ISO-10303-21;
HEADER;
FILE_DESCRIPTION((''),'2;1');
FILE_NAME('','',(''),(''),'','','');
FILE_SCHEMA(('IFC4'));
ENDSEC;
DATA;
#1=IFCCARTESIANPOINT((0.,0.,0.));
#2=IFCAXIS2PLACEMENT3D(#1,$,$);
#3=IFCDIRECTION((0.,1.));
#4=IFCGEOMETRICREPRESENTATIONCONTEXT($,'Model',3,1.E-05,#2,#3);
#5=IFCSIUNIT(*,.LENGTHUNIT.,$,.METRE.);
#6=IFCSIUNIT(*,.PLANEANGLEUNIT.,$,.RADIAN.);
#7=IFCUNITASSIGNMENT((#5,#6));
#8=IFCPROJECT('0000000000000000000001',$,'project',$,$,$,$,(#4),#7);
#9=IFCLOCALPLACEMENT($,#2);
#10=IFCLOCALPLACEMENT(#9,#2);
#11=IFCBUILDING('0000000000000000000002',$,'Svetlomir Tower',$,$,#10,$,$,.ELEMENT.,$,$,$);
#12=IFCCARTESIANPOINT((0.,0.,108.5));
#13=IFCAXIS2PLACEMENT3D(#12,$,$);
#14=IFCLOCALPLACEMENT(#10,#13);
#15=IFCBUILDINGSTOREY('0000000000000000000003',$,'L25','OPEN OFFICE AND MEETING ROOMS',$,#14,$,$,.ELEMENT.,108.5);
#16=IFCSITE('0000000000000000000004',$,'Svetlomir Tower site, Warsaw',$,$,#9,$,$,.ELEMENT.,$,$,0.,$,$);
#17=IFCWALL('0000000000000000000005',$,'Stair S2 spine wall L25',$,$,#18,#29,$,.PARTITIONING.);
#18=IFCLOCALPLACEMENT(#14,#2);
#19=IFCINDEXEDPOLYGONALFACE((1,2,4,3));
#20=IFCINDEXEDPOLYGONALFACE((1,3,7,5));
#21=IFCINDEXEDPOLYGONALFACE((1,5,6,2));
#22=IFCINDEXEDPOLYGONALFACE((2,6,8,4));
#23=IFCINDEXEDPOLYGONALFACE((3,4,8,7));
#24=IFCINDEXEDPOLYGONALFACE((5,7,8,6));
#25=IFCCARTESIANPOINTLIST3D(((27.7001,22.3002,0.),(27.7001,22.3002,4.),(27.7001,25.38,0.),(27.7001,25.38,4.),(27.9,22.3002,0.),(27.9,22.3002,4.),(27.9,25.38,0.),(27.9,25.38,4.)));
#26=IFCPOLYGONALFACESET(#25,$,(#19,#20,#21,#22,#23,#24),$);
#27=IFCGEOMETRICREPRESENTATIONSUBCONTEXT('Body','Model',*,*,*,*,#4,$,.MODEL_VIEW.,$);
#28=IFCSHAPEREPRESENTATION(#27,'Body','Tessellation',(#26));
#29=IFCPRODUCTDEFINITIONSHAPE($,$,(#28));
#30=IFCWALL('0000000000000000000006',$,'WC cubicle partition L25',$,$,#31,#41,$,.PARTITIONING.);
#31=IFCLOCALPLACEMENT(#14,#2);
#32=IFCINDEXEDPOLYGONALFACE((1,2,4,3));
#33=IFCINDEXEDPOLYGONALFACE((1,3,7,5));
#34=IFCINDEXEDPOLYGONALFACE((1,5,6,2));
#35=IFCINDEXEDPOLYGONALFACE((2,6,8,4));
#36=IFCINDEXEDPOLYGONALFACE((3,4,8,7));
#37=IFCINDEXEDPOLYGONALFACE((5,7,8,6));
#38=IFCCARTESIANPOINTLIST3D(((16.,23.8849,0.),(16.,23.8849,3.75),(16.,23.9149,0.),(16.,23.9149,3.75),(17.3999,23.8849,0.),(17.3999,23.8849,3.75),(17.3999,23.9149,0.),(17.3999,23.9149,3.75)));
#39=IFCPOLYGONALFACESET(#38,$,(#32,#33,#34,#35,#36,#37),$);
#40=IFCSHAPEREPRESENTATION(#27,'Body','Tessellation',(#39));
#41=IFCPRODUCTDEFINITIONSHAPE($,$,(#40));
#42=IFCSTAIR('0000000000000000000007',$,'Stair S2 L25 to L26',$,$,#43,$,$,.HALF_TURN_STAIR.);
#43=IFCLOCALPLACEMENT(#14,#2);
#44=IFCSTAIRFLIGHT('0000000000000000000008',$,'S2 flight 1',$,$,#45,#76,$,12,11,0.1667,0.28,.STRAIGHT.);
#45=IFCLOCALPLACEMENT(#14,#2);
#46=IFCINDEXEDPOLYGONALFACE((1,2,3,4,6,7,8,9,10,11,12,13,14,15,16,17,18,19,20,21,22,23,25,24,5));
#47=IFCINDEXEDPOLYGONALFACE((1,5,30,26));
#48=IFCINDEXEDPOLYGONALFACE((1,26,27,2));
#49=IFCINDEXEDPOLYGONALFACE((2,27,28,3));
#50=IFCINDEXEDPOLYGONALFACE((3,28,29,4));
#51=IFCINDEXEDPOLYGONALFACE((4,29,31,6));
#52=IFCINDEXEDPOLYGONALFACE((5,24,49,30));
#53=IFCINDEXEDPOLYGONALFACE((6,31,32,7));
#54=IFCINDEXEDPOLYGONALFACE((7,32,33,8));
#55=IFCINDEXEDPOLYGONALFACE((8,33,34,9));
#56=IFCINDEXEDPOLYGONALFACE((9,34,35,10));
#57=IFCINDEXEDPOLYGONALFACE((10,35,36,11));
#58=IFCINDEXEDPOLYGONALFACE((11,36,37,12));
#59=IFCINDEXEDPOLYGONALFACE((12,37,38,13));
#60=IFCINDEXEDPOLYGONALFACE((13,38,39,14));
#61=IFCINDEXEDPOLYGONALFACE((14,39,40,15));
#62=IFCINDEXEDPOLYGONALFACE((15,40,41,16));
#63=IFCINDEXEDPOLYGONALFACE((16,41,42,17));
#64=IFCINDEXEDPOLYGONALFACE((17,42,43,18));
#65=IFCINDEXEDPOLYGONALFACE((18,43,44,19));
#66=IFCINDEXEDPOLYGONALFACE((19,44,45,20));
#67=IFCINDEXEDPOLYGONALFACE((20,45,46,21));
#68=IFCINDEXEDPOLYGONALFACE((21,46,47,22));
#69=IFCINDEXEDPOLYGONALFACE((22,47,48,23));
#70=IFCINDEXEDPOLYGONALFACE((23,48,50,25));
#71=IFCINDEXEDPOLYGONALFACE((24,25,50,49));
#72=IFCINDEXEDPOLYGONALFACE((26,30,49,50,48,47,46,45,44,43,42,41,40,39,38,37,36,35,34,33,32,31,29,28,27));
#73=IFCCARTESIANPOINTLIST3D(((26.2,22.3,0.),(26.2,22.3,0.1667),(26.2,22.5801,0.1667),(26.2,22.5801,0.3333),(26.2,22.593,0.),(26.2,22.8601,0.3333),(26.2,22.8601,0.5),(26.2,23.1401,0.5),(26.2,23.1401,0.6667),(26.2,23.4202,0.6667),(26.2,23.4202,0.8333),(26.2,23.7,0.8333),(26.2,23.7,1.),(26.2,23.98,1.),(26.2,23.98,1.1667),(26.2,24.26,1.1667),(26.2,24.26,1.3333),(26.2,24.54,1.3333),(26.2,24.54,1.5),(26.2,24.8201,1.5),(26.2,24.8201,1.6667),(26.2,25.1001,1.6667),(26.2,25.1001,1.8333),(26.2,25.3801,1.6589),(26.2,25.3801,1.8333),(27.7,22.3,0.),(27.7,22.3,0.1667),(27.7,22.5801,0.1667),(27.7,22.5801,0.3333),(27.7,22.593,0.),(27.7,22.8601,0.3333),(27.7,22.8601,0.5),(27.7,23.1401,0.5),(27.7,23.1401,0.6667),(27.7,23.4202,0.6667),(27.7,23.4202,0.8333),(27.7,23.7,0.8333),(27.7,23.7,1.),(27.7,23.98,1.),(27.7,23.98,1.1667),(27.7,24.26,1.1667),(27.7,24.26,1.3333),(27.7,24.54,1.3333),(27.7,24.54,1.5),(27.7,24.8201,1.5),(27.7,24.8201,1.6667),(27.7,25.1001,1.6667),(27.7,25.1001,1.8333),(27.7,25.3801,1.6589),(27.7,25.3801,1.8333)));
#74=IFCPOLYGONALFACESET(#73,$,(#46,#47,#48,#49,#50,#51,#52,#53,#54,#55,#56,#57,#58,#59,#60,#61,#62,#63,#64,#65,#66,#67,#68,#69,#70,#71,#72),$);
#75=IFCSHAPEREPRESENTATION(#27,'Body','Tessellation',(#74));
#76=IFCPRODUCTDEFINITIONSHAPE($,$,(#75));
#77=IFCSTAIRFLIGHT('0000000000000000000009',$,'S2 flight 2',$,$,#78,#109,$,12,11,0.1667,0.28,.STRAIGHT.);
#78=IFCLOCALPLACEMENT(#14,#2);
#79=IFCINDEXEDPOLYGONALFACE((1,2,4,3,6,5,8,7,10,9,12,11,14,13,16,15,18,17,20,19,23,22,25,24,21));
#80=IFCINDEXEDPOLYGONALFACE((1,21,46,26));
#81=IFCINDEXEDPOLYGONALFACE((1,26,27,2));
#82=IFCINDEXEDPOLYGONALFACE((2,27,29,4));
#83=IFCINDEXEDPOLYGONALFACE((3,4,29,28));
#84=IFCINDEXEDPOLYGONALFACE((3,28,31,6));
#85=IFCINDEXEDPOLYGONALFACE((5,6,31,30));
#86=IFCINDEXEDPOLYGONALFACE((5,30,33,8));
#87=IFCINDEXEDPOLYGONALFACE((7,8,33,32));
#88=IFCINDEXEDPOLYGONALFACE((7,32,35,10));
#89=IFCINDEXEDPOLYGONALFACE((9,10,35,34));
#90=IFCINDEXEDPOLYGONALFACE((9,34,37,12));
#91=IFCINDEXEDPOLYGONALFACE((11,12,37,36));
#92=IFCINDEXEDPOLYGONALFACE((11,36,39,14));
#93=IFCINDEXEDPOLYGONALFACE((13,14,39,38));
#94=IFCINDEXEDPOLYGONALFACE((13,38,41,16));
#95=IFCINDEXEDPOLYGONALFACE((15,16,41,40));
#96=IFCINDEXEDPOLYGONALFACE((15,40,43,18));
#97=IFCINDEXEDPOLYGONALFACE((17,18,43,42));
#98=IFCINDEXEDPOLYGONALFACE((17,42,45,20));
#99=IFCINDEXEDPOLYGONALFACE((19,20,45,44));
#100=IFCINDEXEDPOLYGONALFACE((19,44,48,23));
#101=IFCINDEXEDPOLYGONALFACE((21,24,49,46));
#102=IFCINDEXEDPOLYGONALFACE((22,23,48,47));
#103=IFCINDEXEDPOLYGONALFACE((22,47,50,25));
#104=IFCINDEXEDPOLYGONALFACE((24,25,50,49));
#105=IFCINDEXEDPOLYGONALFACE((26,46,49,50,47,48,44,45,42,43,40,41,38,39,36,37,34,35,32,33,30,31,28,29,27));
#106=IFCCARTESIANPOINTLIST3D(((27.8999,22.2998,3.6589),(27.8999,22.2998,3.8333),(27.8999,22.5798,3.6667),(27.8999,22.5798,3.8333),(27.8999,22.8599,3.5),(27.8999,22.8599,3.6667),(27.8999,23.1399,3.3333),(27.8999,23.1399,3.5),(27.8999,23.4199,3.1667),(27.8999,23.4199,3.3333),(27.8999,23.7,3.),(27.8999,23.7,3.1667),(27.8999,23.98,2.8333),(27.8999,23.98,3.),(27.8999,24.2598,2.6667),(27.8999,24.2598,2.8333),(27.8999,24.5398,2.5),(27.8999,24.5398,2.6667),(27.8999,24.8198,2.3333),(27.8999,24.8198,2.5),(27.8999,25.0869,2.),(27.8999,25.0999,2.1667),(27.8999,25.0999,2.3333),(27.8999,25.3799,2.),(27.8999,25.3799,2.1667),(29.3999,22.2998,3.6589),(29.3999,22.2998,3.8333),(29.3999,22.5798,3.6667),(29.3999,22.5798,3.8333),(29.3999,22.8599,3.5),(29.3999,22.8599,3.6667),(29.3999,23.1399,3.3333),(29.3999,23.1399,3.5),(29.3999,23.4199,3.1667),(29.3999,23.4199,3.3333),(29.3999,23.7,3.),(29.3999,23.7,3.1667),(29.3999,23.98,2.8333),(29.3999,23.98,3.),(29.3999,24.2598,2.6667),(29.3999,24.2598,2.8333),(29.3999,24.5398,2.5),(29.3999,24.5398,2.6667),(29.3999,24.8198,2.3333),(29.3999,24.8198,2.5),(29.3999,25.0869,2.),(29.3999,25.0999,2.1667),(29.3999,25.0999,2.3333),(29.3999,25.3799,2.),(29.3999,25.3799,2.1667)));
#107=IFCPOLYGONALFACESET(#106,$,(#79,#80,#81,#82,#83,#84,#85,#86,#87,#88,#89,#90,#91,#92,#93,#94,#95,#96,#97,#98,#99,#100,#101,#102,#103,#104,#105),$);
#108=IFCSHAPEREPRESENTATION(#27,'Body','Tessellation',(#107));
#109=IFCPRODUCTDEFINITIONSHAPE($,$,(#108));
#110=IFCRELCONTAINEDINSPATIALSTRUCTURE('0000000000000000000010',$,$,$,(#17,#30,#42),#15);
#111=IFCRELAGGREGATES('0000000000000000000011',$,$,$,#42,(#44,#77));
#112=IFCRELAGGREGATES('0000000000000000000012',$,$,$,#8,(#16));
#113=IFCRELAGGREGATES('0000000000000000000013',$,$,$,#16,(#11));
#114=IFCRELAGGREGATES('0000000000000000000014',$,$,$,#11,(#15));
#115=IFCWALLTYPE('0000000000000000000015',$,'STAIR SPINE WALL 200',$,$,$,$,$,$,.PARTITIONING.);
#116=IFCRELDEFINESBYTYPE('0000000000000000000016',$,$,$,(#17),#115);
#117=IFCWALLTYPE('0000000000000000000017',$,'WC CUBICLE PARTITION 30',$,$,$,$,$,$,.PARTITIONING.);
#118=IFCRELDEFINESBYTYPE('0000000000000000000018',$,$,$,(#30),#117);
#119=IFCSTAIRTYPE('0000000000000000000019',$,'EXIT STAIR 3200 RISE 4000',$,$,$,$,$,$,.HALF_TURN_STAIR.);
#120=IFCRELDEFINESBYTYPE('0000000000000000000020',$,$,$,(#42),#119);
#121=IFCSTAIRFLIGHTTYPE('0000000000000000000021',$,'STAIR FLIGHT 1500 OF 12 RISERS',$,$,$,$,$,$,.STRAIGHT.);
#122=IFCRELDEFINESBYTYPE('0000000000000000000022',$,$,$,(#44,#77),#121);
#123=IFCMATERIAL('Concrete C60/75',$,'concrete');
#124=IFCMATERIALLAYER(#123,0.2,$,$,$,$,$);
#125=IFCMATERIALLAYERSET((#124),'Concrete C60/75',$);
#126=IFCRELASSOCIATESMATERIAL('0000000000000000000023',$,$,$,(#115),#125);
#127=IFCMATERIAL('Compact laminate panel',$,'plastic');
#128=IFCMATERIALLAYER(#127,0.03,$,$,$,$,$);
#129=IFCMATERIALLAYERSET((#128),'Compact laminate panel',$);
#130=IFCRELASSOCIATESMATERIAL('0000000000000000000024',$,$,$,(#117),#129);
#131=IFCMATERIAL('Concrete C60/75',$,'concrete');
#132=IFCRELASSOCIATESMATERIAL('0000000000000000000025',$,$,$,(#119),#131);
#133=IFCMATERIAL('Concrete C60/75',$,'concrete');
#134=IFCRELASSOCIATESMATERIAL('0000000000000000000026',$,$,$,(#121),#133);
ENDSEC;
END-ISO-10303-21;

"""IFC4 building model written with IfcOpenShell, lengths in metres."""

from ifc_helpers import new_model, si_unit, direction, frame, frame_2d, origin, place, context, subcontext, project, spatial, polyline, rectangle, outline, extrude, material, layer, layer_set, type_object, element, aggregate, save


model = new_model("IFC4")

# Units and contexts
model_context = context("Model", 3, precision=1e-05, world=origin(), true_north=direction((0.0, 1.0)))
body_context = subcontext(model_context, "Body", "Model", "MODEL_VIEW")
ifc_project = project(units=[si_unit("LENGTHUNIT", "METRE"), si_unit("PLANEANGLEUNIT", "RADIAN")], contexts=[model_context])

# Site, building, storey
site_placement = place(None, origin())
site = spatial("IfcSite", under=ifc_project, at=site_placement, Name="Svetlomir Tower site, Warsaw", CompositionType="ELEMENT", RefElevation=0.0)
building_placement = place(site_placement, origin())
building = spatial("IfcBuilding", under=site, at=building_placement, Name="Svetlomir Tower", CompositionType="ELEMENT")
storey_placement = place(building_placement, frame((0.0, 0.0, 108.5)))
storey = spatial("IfcBuildingStorey", under=building, at=storey_placement, Name="L25", Description="OPEN OFFICE AND MEETING ROOMS", CompositionType="ELEMENT", Elevation=108.5)

# Walls
ifc_material_1 = material(Name="Concrete C60/75", Category="concrete")
ifc_layer_1 = layer(ifc_material_1, 0.2)
ifc_layer_set_1 = layer_set([ifc_layer_1], Name="Concrete C60/75")
wall_type_1 = type_object("IfcWallType", Name="STAIR SPINE WALL 200", PredefinedType="PARTITIONING", material=ifc_layer_set_1)
wall_1_placement = place(storey_placement, frame((27.8, 22.3, 0.0), z_axis=(0.0, 0.0, 1.0), x_axis=(0.0, 1.0, 0.0)))
element("IfcWall", 1, at=wall_1_placement, inside=storey, type_object=wall_type_1, Name="Stair S2 spine wall L25", PredefinedType="PARTITIONING", context=body_context, shape_type="SweptSolid", body=[
    extrude(rectangle(XDim=3.0798, YDim=0.2, at=frame_2d((1.54, 0.0))), origin(), (0.0, 0.0, 1.0), 4.0),
])
ifc_material_2 = material(Name="Compact laminate panel", Category="plastic")
ifc_layer_2 = layer(ifc_material_2, 0.03)
ifc_layer_set_2 = layer_set([ifc_layer_2], Name="Compact laminate panel")
wall_type_2 = type_object("IfcWallType", Name="WC CUBICLE PARTITION 30", PredefinedType="PARTITIONING", material=ifc_layer_set_2)
wall_2_placement = place(storey_placement, frame((16.0, 23.8999, 0.0), z_axis=(0.0, 0.0, 1.0), x_axis=(1.0, 0.0, 0.0)))
element("IfcWall", 2, at=wall_2_placement, inside=storey, type_object=wall_type_2, Name="WC cubicle partition L25", PredefinedType="PARTITIONING", context=body_context, shape_type="SweptSolid", body=[
    extrude(rectangle(XDim=1.3999, YDim=0.03, at=frame_2d((0.7, 0.0))), origin(), (0.0, 0.0, 1.0), 3.75),
])

# Stair, stair flights
ifc_material_3 = material(Name="Concrete C60/75", Category="concrete")
stair_type = type_object("IfcStairType", Name="EXIT STAIR 3200 RISE 4000", PredefinedType="HALF_TURN_STAIR", material=ifc_material_3)
stair_placement = place(storey_placement, origin())
stair = element("IfcStair", 3, at=stair_placement, inside=storey, type_object=stair_type, Name="Stair S2 L25 to L26", PredefinedType="HALF_TURN_STAIR")
ifc_material_4 = material(Name="Concrete C60/75", Category="concrete")
stair_flight_type = type_object("IfcStairFlightType", Name="STAIR FLIGHT 1500 OF 12 RISERS", PredefinedType="STRAIGHT", material=ifc_material_4)
stair_flight_1_placement = place(storey_placement, frame((26.95, 22.3, 0.0), z_axis=(0.0, 0.0, 1.0), x_axis=(0.0, 1.0, 0.0)))
stair_flight_1 = element("IfcStairFlight", 4, at=stair_flight_1_placement, type_object=stair_flight_type, Name="S2 flight 1", NumberOfRisers=12, NumberOfTreads=11, PredefinedType="STRAIGHT", RiserHeight=0.1667, TreadLength=0.28, context=body_context, shape_type="SweptSolid", body=[
    extrude(outline(polyline([(0.0, 0.0), (0.0, 0.1667), (0.28, 0.1667), (0.28, 0.3333), (0.5601, 0.3333), (0.5601, 0.5), (0.8401, 0.5), (0.8401, 0.6667), (1.1201, 0.6667), (1.1201, 0.8333), (1.3999, 0.8333), (1.3999, 1.0), (1.6799, 1.0), (1.6799, 1.1667), (1.96, 1.1667), (1.96, 1.3333), (2.24, 1.3333), (2.24, 1.5), (2.52, 1.5), (2.52, 1.6667), (2.8, 1.6667), (2.8, 1.8333), (3.0801, 1.8333), (3.0801, 2.0), (3.0801, 1.6589), (0.293, 0.0), (0.0, 0.0)])), frame((0.0, 0.75, 0.0), z_axis=(0.0, -1.0, 0.0), x_axis=(1.0, 0.0, 0.0)), (0.0, 0.0, 1.0), 1.5),
])
stair_flight_2_placement = place(storey_placement, frame((28.6499, 25.3799, 2.0), z_axis=(0.0, 0.0, 1.0), x_axis=(0.0, -1.0, 0.0)))
stair_flight_2 = element("IfcStairFlight", 5, at=stair_flight_2_placement, type_object=stair_flight_type, Name="S2 flight 2", NumberOfRisers=12, NumberOfTreads=11, PredefinedType="STRAIGHT", RiserHeight=0.1667, TreadLength=0.28, context=body_context, shape_type="SweptSolid", body=[
    extrude(outline(polyline([(0.0, 0.0), (0.0, 0.1667), (0.28, 0.1667), (0.28, 0.3333), (0.5601, 0.3333), (0.5601, 0.5), (0.8401, 0.5), (0.8401, 0.6667), (1.1201, 0.6667), (1.1201, 0.8333), (1.3999, 0.8333), (1.3999, 1.0), (1.6799, 1.0), (1.6799, 1.1667), (1.96, 1.1667), (1.96, 1.3333), (2.24, 1.3333), (2.24, 1.5), (2.52, 1.5), (2.52, 1.6667), (2.8, 1.6667), (2.8, 1.8333), (3.0801, 1.8333), (3.0801, 2.0), (3.0801, 1.6589), (0.293, 0.0), (0.0, 0.0)])), frame((0.0, 0.75, 0.0), z_axis=(0.0, -1.0, 0.0), x_axis=(1.0, 0.0, 0.0)), (0.0, 0.0, 1.0), 1.5),
])
aggregate(stair, [stair_flight_1, stair_flight_2])

save(model, "model.ifc")
